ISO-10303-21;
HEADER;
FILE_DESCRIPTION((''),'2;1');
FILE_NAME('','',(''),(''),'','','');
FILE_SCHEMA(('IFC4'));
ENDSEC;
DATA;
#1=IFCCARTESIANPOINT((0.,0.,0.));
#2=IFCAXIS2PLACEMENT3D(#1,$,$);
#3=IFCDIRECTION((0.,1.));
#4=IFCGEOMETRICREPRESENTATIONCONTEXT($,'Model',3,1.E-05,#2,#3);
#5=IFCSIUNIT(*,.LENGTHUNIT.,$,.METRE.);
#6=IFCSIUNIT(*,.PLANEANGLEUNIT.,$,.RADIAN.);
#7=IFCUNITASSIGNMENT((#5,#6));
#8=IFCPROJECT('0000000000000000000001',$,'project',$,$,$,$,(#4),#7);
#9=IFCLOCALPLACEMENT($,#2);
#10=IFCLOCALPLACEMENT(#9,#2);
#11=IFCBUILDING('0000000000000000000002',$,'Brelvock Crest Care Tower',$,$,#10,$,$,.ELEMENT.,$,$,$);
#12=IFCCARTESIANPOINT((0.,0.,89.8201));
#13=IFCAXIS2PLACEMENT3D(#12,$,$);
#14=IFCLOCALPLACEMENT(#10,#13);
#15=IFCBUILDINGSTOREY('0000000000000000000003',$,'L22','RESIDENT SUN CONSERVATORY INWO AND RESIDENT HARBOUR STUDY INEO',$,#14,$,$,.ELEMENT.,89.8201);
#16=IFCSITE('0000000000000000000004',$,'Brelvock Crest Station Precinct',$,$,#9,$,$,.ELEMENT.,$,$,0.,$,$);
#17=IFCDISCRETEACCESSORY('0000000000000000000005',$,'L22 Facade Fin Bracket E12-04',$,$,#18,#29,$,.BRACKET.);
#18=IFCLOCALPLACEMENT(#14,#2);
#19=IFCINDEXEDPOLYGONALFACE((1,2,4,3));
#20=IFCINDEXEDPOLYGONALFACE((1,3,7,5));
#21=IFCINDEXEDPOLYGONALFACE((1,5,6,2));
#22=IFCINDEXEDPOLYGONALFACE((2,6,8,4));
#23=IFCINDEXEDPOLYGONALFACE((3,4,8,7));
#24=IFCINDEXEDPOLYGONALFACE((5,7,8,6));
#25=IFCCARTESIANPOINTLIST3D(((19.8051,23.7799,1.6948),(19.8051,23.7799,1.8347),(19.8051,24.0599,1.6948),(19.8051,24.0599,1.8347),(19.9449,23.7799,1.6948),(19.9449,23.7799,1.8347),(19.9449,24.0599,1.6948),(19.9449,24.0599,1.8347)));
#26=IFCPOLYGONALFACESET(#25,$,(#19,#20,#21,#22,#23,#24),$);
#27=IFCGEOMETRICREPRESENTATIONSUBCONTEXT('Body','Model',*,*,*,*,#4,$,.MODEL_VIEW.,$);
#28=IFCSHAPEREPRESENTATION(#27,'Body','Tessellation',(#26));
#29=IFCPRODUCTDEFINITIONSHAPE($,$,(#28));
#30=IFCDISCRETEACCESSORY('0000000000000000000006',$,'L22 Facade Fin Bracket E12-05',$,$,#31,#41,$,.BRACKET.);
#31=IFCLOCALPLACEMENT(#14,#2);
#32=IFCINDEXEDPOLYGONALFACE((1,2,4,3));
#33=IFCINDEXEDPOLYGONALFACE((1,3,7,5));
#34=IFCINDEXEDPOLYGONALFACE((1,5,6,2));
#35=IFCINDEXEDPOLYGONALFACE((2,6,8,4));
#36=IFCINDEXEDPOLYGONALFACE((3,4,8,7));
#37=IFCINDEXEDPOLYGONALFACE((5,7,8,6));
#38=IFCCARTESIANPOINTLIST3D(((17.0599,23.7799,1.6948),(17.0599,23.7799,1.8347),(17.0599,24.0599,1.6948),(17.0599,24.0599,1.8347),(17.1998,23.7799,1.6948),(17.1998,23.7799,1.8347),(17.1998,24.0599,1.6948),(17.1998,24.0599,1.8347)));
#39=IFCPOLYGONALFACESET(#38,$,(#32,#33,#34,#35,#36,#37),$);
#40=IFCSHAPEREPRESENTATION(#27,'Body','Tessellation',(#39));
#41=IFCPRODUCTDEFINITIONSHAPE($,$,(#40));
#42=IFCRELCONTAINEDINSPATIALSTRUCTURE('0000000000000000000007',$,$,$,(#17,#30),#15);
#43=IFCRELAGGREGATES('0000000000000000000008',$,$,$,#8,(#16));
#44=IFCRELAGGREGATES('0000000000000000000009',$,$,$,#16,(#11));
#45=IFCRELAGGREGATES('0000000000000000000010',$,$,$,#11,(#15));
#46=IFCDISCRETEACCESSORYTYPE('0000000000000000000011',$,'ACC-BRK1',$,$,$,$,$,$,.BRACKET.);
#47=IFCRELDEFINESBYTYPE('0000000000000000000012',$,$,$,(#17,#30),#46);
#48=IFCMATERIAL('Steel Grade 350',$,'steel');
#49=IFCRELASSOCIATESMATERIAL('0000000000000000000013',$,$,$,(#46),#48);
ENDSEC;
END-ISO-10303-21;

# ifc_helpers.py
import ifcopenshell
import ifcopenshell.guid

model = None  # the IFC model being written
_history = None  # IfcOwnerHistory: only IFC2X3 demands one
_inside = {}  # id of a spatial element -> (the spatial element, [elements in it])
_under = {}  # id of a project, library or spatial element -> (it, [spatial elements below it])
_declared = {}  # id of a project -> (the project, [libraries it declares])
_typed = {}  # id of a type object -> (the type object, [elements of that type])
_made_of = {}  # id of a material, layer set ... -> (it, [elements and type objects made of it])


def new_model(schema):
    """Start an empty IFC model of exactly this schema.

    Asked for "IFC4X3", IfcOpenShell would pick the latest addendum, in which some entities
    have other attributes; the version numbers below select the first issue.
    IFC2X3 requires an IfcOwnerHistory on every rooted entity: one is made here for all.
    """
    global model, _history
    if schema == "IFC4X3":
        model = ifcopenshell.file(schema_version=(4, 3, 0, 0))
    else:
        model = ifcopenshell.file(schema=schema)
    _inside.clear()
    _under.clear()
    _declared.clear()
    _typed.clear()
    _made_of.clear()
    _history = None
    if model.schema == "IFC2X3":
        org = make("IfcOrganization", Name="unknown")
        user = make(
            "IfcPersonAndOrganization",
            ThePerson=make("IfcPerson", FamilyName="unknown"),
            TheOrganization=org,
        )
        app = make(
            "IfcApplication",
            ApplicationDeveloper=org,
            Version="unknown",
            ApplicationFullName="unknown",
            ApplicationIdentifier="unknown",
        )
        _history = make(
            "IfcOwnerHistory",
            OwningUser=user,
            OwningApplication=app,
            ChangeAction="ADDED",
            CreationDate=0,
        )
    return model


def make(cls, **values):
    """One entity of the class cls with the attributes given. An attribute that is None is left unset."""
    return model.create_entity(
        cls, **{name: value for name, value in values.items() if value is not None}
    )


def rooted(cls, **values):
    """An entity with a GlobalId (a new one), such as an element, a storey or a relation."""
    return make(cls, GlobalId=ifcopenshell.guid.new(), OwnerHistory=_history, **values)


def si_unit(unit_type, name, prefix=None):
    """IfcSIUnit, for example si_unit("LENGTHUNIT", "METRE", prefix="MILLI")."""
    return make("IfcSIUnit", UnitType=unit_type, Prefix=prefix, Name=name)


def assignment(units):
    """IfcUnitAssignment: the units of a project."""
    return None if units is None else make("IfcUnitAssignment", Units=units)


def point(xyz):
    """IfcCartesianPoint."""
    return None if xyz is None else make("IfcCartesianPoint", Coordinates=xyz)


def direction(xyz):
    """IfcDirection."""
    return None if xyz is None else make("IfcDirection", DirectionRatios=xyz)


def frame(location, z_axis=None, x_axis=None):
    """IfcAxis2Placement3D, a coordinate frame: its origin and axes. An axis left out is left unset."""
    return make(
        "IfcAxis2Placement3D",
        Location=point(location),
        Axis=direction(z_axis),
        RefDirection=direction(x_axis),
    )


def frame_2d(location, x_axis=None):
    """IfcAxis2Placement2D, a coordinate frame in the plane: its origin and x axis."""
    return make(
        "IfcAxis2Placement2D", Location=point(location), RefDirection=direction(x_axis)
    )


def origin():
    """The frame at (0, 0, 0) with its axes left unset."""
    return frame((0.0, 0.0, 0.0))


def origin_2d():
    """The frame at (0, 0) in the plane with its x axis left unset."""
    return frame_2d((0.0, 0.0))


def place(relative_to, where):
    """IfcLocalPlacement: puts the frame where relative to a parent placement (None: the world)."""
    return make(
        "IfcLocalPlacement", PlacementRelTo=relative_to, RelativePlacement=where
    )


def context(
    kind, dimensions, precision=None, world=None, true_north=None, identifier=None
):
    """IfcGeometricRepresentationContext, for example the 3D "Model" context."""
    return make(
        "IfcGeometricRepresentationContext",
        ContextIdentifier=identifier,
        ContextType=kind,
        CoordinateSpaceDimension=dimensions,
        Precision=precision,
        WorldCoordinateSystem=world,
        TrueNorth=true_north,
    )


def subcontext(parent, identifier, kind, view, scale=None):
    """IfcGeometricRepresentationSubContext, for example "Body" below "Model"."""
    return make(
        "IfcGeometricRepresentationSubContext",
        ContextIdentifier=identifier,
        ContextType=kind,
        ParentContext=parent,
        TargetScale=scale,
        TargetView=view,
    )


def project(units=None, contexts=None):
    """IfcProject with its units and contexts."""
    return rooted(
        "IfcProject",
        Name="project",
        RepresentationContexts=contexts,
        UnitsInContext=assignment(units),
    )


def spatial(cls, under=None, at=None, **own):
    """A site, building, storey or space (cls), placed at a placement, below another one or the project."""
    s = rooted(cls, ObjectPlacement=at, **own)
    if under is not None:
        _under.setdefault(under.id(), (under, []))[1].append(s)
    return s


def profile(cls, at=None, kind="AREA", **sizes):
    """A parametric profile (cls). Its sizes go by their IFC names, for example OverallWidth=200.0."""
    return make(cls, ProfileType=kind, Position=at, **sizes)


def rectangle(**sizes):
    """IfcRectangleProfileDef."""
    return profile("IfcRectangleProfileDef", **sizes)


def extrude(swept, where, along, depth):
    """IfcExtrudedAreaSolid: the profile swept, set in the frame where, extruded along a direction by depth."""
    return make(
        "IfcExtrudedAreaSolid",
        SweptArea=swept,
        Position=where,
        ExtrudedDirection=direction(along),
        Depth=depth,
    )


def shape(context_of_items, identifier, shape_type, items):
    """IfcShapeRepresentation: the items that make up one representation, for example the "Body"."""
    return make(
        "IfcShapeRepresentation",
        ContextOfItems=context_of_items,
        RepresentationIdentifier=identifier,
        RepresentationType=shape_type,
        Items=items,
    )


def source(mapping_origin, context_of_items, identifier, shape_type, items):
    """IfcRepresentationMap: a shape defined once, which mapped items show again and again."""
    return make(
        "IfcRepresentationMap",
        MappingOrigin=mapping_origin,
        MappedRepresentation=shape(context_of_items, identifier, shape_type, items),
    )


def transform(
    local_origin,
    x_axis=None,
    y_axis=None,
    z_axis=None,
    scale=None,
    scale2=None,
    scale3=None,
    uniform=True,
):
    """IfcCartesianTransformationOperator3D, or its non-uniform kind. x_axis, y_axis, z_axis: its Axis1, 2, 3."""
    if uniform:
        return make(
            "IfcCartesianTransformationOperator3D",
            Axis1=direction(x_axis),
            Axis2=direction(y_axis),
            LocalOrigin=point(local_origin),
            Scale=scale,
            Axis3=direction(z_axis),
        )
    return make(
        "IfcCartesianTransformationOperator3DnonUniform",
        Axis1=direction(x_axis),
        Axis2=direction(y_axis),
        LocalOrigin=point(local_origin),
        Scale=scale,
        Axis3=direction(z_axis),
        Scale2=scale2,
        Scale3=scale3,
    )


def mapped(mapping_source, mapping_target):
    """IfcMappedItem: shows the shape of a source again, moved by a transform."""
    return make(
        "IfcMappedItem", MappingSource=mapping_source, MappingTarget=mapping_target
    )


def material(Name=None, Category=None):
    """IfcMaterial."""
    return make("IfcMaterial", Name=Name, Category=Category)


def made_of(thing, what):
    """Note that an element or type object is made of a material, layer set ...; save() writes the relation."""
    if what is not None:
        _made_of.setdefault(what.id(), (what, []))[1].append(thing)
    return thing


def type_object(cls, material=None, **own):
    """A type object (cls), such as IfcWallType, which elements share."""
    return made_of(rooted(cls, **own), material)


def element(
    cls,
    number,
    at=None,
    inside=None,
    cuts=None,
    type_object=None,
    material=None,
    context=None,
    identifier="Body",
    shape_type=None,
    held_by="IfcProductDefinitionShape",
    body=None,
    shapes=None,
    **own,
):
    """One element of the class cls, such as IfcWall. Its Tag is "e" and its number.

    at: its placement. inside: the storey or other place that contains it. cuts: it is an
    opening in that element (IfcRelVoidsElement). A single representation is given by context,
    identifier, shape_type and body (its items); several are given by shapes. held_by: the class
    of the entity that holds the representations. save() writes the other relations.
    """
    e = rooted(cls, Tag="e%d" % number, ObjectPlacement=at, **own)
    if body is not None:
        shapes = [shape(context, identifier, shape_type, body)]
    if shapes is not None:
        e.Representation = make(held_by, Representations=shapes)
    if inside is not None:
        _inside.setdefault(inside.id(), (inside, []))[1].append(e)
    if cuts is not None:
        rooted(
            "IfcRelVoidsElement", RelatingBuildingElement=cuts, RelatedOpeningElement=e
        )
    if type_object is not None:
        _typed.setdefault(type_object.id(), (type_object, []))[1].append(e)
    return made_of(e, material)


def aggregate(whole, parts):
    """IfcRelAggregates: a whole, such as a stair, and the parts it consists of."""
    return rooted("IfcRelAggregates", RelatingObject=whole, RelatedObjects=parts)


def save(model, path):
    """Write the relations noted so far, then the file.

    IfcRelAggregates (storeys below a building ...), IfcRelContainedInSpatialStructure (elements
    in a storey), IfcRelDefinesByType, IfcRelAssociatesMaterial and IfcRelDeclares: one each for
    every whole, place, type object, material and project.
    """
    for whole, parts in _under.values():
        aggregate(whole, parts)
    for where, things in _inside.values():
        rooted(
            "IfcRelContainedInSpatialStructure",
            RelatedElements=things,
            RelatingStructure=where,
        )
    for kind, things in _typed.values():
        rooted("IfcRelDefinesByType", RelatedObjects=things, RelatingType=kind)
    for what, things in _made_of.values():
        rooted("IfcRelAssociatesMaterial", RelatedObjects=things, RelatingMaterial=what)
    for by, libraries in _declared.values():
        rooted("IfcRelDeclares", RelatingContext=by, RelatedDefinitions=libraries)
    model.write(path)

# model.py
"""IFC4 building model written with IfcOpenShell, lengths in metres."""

from ifc_helpers import new_model, si_unit, direction, frame, origin, origin_2d, place, context, subcontext, project, spatial, rectangle, extrude, source, transform, mapped, material, type_object, element, save


model = new_model("IFC4")

# Units and contexts
model_context = context("Model", 3, precision=1e-05, world=origin(), true_north=direction((0.0, 1.0)))
body_context = subcontext(model_context, "Body", "Model", "MODEL_VIEW")
ifc_project = project(units=[si_unit("LENGTHUNIT", "METRE"), si_unit("PLANEANGLEUNIT", "RADIAN")], contexts=[model_context])

# Site, building, storey
site_placement = place(None, origin())
site = spatial("IfcSite", under=ifc_project, at=site_placement, Name="Brelvock Crest Station Precinct", CompositionType="ELEMENT", RefElevation=0.0)
building_placement = place(site_placement, origin())
building = spatial("IfcBuilding", under=site, at=building_placement, Name="Brelvock Crest Care Tower", CompositionType="ELEMENT")
storey_placement = place(building_placement, frame((0.0, 0.0, 89.8201)))
storey = spatial("IfcBuildingStorey", under=building, at=storey_placement, Name="L22", Description="RESIDENT SUN CONSERVATORY INWO AND RESIDENT HARBOUR STUDY INEO", CompositionType="ELEMENT", Elevation=89.8201)

# Shared definitions
ifc_material_1 = material(Name="Steel Grade 350", Category="steel")

# Discrete accessories
discrete_accessory_type = type_object("IfcDiscreteAccessoryType", Name="ACC-BRK1", PredefinedType="BRACKET", material=ifc_material_1)
shared_shape_1 = source(origin(), body_context, "Body", "SweptSolid", [
    extrude(rectangle(XDim=0.28, YDim=0.1399, at=origin_2d()), origin(), (0.0, 0.0, 1.0), 0.1399),
])
for number, where, z_axis, x_axis, name in (
    (1, (19.875, 23.9199, 1.6948), (0.0, 0.0, 1.0), (0.0, -1.0, 0.0), "L22 Facade Fin Bracket E12-04"),
    (2, (17.1299, 23.9199, 1.6948), (0.0, 0.0, 1.0), (0.0, -1.0, 0.0), "L22 Facade Fin Bracket E12-05"),
):
    element("IfcDiscreteAccessory", number, at=place(storey_placement, frame(where, z_axis=z_axis, x_axis=x_axis)), inside=storey, type_object=discrete_accessory_type, Name=name, PredefinedType="BRACKET", context=body_context, shape_type="MappedRepresentation", body=[
        mapped(shared_shape_1, transform((0.0, 0.0, 0.0), x_axis=(1.0, 0.0, 0.0), y_axis=(0.0, 1.0, 0.0), z_axis=(0.0, 0.0, 1.0), scale=1.0)),
    ])

save(model, "model.ifc")
